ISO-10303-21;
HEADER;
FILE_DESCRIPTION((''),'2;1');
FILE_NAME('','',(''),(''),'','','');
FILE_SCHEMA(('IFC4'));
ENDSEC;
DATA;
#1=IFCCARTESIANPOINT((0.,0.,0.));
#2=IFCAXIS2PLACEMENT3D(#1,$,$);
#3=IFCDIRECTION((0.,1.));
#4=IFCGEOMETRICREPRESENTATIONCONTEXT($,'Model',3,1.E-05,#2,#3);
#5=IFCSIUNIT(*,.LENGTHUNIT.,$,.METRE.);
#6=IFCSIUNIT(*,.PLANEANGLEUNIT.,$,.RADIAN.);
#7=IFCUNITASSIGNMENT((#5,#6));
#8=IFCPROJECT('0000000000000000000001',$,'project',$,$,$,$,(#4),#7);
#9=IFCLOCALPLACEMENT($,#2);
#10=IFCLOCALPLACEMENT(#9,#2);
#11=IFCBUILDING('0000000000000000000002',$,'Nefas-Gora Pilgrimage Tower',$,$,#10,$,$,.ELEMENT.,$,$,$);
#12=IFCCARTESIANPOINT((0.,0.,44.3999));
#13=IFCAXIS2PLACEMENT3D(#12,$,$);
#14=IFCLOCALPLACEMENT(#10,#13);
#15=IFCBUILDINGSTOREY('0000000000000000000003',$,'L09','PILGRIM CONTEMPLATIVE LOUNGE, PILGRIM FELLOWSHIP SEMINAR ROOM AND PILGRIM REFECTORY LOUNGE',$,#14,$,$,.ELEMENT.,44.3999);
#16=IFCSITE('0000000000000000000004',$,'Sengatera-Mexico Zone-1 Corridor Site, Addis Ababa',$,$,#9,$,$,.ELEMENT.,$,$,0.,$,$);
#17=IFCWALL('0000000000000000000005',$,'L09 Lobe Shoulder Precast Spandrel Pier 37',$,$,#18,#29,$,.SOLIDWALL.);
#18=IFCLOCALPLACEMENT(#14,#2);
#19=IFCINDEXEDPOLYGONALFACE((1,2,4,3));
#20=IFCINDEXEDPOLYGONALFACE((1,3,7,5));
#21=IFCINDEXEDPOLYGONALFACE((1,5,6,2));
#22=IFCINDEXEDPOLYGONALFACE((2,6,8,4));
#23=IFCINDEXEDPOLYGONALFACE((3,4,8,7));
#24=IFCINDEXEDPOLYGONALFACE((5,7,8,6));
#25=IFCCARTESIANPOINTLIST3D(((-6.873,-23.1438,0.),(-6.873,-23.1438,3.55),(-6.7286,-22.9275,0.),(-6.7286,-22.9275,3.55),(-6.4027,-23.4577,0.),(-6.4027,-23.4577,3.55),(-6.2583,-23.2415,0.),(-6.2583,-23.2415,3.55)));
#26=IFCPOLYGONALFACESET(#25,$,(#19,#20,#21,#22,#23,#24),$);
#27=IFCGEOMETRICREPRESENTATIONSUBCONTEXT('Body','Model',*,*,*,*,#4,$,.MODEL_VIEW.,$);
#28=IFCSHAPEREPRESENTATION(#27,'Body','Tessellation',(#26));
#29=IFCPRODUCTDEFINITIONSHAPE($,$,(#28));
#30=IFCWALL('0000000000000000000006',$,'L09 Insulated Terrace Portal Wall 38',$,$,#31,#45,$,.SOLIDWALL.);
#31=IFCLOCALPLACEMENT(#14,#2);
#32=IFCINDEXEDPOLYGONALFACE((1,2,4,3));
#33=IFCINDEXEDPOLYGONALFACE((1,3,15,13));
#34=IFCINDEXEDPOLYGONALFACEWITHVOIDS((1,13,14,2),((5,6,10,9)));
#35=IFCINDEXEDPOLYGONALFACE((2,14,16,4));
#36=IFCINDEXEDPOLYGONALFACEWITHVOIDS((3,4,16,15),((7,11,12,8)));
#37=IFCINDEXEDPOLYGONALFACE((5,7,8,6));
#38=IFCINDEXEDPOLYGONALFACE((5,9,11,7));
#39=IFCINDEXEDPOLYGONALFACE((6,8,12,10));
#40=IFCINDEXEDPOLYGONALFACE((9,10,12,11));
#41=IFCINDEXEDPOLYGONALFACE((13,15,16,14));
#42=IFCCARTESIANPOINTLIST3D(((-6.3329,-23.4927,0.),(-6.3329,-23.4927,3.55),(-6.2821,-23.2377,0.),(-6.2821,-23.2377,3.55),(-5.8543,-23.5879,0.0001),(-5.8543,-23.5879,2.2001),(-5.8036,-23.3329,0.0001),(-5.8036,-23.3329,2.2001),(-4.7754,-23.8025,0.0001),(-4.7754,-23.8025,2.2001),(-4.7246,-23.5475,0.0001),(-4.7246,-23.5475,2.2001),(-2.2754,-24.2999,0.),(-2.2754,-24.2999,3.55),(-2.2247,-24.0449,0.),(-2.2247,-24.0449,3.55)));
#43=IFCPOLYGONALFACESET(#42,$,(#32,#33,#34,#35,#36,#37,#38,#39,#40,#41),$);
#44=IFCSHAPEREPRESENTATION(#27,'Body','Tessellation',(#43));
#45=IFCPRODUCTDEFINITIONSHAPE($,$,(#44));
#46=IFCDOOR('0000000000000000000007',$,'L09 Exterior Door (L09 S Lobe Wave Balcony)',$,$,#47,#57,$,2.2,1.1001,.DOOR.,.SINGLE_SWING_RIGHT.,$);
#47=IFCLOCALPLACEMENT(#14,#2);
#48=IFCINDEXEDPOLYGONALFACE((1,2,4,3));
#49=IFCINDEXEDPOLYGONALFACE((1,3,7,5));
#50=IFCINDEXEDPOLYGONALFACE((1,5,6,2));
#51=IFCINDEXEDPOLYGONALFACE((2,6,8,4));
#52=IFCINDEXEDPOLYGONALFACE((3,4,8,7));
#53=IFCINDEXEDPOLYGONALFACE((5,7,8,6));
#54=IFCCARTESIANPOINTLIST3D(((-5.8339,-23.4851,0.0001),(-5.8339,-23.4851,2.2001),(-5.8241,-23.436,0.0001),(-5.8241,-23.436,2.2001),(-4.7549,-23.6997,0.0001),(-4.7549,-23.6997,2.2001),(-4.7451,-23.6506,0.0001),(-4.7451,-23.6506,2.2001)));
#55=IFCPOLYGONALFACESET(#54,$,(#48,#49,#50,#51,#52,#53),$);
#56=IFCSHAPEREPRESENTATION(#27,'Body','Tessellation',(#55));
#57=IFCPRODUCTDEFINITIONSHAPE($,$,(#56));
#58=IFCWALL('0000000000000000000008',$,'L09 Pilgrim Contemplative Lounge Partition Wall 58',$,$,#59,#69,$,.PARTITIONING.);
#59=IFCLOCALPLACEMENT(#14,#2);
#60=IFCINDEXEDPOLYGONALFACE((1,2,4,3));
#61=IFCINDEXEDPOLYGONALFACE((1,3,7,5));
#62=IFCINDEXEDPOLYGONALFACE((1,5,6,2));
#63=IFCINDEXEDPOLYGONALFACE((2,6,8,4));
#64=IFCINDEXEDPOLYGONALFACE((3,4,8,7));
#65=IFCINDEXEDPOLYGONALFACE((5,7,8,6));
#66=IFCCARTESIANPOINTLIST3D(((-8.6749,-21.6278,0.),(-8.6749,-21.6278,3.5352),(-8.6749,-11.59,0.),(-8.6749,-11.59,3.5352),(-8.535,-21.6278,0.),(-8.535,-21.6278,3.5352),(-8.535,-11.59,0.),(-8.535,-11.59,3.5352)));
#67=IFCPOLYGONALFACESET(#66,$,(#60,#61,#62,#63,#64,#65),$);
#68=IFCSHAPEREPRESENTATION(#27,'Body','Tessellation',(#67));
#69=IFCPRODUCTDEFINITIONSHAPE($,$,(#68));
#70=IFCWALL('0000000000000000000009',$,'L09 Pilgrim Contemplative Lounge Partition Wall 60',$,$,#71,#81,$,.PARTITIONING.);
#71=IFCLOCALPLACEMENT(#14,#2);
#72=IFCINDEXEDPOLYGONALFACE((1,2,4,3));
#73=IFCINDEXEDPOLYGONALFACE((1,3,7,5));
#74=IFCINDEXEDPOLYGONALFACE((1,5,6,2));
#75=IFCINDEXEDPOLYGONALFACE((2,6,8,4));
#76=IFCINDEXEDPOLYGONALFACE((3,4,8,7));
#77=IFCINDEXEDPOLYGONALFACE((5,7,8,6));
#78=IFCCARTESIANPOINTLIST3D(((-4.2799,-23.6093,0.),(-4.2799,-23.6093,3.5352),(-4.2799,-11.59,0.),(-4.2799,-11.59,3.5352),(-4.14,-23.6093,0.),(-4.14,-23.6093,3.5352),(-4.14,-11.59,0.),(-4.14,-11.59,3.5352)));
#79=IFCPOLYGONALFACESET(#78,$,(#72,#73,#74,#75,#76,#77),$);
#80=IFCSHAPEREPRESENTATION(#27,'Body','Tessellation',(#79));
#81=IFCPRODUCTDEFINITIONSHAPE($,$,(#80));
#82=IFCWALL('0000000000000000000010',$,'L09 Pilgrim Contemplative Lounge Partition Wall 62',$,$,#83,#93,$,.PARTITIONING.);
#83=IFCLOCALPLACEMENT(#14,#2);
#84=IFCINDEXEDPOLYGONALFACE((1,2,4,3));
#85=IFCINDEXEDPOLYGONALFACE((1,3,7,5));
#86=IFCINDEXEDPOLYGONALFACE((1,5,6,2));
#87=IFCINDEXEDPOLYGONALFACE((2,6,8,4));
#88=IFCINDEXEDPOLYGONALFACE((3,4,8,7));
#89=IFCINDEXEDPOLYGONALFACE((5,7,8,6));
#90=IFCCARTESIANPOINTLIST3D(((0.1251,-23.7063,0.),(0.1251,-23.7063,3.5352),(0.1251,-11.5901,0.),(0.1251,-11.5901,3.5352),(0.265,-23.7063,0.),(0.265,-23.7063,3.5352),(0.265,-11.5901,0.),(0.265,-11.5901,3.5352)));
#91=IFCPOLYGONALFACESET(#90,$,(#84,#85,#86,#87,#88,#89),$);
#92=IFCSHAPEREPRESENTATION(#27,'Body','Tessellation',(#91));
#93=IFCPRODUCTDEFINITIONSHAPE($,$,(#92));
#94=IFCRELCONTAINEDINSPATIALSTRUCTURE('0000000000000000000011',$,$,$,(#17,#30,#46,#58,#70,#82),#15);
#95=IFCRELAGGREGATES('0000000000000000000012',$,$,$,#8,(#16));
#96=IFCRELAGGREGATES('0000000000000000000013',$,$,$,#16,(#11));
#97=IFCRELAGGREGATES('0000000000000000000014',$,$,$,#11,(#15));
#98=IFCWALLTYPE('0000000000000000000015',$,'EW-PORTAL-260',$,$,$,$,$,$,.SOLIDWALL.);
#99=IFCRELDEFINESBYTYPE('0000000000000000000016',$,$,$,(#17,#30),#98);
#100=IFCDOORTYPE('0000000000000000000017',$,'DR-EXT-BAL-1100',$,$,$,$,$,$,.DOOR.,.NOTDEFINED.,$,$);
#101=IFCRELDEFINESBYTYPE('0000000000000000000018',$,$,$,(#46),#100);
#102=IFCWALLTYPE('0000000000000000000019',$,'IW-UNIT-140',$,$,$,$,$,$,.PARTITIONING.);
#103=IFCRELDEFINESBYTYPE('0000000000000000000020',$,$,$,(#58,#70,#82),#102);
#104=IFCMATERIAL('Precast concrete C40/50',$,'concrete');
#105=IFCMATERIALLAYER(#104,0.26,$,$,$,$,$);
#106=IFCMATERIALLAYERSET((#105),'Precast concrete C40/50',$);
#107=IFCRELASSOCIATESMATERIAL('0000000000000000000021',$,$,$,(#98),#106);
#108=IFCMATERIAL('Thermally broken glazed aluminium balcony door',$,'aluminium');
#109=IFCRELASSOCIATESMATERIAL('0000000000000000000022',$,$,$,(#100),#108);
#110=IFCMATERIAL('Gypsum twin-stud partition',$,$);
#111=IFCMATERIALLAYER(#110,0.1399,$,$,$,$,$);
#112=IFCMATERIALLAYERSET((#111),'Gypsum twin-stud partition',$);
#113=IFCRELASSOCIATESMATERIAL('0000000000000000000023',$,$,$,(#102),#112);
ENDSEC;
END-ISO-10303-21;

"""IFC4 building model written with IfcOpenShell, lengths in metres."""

from ifc_helpers import new_model, si_unit, direction, frame, frame_2d, origin, place, context, subcontext, project, spatial, rectangle, extrude, source, transform, mapped, material, layer, layer_set, type_object, element, fill, save


model = new_model("IFC4")

# Units and contexts
model_context = context("Model", 3, precision=1e-05, world=origin(), true_north=direction((0.0, 1.0)))
body_context = subcontext(model_context, "Body", "Model", "MODEL_VIEW")
ifc_project = project(units=[si_unit("LENGTHUNIT", "METRE"), si_unit("PLANEANGLEUNIT", "RADIAN")], contexts=[model_context])

# Site, building, storey
site_placement = place(None, origin())
site = spatial("IfcSite", under=ifc_project, at=site_placement, Name="Sengatera-Mexico Zone-1 Corridor Site, Addis Ababa", CompositionType="ELEMENT", RefElevation=0.0)
building_placement = place(site_placement, origin())
building = spatial("IfcBuilding", under=site, at=building_placement, Name="Nefas-Gora Pilgrimage Tower", CompositionType="ELEMENT")
storey_placement = place(building_placement, frame((0.0, 0.0, 44.3999)))
storey = spatial("IfcBuildingStorey", under=building, at=storey_placement, Name="L09", Description="PILGRIM CONTEMPLATIVE LOUNGE, PILGRIM FELLOWSHIP SEMINAR ROOM AND PILGRIM REFECTORY LOUNGE", CompositionType="ELEMENT", Elevation=44.3999)

# Wall
ifc_material_1 = material(Name="Precast concrete C40/50", Category="concrete")
ifc_layer_1 = layer(ifc_material_1, 0.26)
ifc_layer_set_1 = layer_set([ifc_layer_1], Name="Precast concrete C40/50")
wall_type_1 = type_object("IfcWallType", Name="EW-PORTAL-260", PredefinedType="SOLIDWALL", material=ifc_layer_set_1)
shared_shape_1 = source(origin(), body_context, "Body", "SweptSolid", [
    extrude(rectangle(XDim=0.5654, YDim=0.26, at=frame_2d((0.2827, 0.0))), origin(), (0.0, 0.0, 1.0), 3.55),
])
wall_1_placement = place(storey_placement, frame((-6.8008, -23.0356, 0.0), z_axis=(0.0, 0.0, 1.0), x_axis=(0.831651, -0.555298, 0.0)))
element("IfcWall", 1, at=wall_1_placement, inside=storey, type_object=wall_type_1, Name="L09 Lobe Shoulder Precast Spandrel Pier 37", PredefinedType="SOLIDWALL", context=body_context, shape_type="MappedRepresentation", body=[
    mapped(shared_shape_1, transform((0.0, 0.0, 0.0), x_axis=(1.0, 0.0, 0.0), y_axis=(0.0, 1.0, 0.0), z_axis=(0.0, 0.0, 1.0), scale=1.0)),
])

# Wall, opening, door
shared_shape_2 = source(origin(), body_context, "Body", "SweptSolid", [
    extrude(rectangle(XDim=4.137, YDim=0.26, at=frame_2d((2.0684, 0.0))), origin(), (0.0, 0.0, 1.0), 3.55),
])
wall_2_placement = place(storey_placement, frame((-6.3074, -23.3652, 0.0), z_axis=(0.0, 0.0, 1.0), x_axis=(0.980782, -0.195106, 0.0)))
wall_2 = element("IfcWall", 2, at=wall_2_placement, inside=storey, type_object=wall_type_1, Name="L09 Insulated Terrace Portal Wall 38", PredefinedType="SOLIDWALL", context=body_context, shape_type="MappedRepresentation", body=[
    mapped(shared_shape_2, transform((0.0, 0.0, 0.0), x_axis=(1.0, 0.0, 0.0), y_axis=(0.0, 1.0, 0.0), z_axis=(0.0, 0.0, 1.0), scale=1.0)),
])
opening_placement = place(wall_2_placement, frame((0.4878, 0.0, 0.0)))
opening = element("IfcOpeningElement", 3, at=opening_placement, cuts=wall_2, PredefinedType="OPENING", context=body_context, shape_type="SweptSolid", body=[
    extrude(rectangle(XDim=1.1001, YDim=2.2, at=frame_2d((0.55, 1.1001))), frame((0.0, 0.1399, 0.0), z_axis=(0.0, -1.0, 0.0), x_axis=(1.0, 0.0, 0.0)), (0.0, 0.0, 1.0), 0.28),
])
ifc_material_2 = material(Name="Thermally broken glazed aluminium balcony door", Category="aluminium")
door_type = type_object("IfcDoorType", Name="DR-EXT-BAL-1100", OperationType="NOTDEFINED", PredefinedType="DOOR", material=ifc_material_2)
shared_shape_3 = source(origin(), body_context, "Body", "SweptSolid", [
    extrude(rectangle(XDim=1.1001, YDim=2.2, at=frame_2d((0.55, 1.1001))), frame((0.0, 0.0249, 0.0), z_axis=(0.0, -1.0, 0.0), x_axis=(1.0, 0.0, 0.0)), (0.0, 0.0, 1.0), 0.05),
])
door_placement = place(opening_placement, origin())
door = element("IfcDoor", 4, at=door_placement, inside=storey, type_object=door_type, Name="L09 Exterior Door (L09 S Lobe Wave Balcony)", OperationType="SINGLE_SWING_RIGHT", OverallHeight=2.2, OverallWidth=1.1001, PredefinedType="DOOR", context=body_context, shape_type="MappedRepresentation", body=[
    mapped(shared_shape_3, transform((0.0, 0.0, 0.0), x_axis=(1.0, 0.0, 0.0), y_axis=(0.0, 1.0, 0.0), z_axis=(0.0, 0.0, 1.0), scale=1.0)),
])
fill(opening, door)

# Walls
ifc_material_3 = material(Name="Gypsum twin-stud partition")
ifc_layer_2 = layer(ifc_material_3, 0.1399)
ifc_layer_set_2 = layer_set([ifc_layer_2], Name="Gypsum twin-stud partition")
wall_type_2 = type_object("IfcWallType", Name="IW-UNIT-140", PredefinedType="PARTITIONING", material=ifc_layer_set_2)
shared_shape_4 = source(origin(), body_context, "Body", "SweptSolid", [
    extrude(rectangle(XDim=10.0378, YDim=0.1399, at=frame_2d((5.019, 0.0))), origin(), (0.0, 0.0, 1.0), 3.5352),
])
wall_3_placement = place(storey_placement, frame((-8.605, -21.6279, 0.0), z_axis=(0.0, 0.0, 1.0), x_axis=(0.0, 1.0, 0.0)))
element("IfcWall", 5, at=wall_3_placement, inside=storey, type_object=wall_type_2, Name="L09 Pilgrim Contemplative Lounge Partition Wall 58", PredefinedType="PARTITIONING", context=body_context, shape_type="MappedRepresentation", body=[
    mapped(shared_shape_4, transform((0.0, 0.0, 0.0), x_axis=(1.0, 0.0, 0.0), y_axis=(0.0, 1.0, 0.0), z_axis=(0.0, 0.0, 1.0), scale=1.0)),
])
shared_shape_5 = source(origin(), body_context, "Body", "SweptSolid", [
    extrude(rectangle(XDim=12.0193, YDim=0.1399, at=frame_2d((6.0098, 0.0))), origin(), (0.0, 0.0, 1.0), 3.5352),
])
wall_4_placement = place(storey_placement, frame((-4.21, -23.6094, 0.0), z_axis=(0.0, 0.0, 1.0), x_axis=(0.0, 1.0, 0.0)))
element("IfcWall", 6, at=wall_4_placement, inside=storey, type_object=wall_type_2, Name="L09 Pilgrim Contemplative Lounge Partition Wall 60", PredefinedType="PARTITIONING", context=body_context, shape_type="MappedRepresentation", body=[
    mapped(shared_shape_5, transform((0.0, 0.0, 0.0), x_axis=(1.0, 0.0, 0.0), y_axis=(0.0, 1.0, 0.0), z_axis=(0.0, 0.0, 1.0), scale=1.0)),
])
shared_shape_6 = source(origin(), body_context, "Body", "SweptSolid", [
    extrude(rectangle(XDim=12.1162, YDim=0.1399, at=frame_2d((6.0581, 0.0))), origin(), (0.0, 0.0, 1.0), 3.5352),
])
wall_5_placement = place(storey_placement, frame((0.1951, -23.7063, 0.0), z_axis=(0.0, 0.0, 1.0), x_axis=(0.0, 1.0, 0.0)))
element("IfcWall", 7, at=wall_5_placement, inside=storey, type_object=wall_type_2, Name="L09 Pilgrim Contemplative Lounge Partition Wall 62", PredefinedType="PARTITIONING", context=body_context, shape_type="MappedRepresentation", body=[
    mapped(shared_shape_6, transform((0.0, 0.0, 0.0), x_axis=(1.0, 0.0, 0.0), y_axis=(0.0, 1.0, 0.0), z_axis=(0.0, 0.0, 1.0), scale=1.0)),
])

save(model, "model.ifc")
